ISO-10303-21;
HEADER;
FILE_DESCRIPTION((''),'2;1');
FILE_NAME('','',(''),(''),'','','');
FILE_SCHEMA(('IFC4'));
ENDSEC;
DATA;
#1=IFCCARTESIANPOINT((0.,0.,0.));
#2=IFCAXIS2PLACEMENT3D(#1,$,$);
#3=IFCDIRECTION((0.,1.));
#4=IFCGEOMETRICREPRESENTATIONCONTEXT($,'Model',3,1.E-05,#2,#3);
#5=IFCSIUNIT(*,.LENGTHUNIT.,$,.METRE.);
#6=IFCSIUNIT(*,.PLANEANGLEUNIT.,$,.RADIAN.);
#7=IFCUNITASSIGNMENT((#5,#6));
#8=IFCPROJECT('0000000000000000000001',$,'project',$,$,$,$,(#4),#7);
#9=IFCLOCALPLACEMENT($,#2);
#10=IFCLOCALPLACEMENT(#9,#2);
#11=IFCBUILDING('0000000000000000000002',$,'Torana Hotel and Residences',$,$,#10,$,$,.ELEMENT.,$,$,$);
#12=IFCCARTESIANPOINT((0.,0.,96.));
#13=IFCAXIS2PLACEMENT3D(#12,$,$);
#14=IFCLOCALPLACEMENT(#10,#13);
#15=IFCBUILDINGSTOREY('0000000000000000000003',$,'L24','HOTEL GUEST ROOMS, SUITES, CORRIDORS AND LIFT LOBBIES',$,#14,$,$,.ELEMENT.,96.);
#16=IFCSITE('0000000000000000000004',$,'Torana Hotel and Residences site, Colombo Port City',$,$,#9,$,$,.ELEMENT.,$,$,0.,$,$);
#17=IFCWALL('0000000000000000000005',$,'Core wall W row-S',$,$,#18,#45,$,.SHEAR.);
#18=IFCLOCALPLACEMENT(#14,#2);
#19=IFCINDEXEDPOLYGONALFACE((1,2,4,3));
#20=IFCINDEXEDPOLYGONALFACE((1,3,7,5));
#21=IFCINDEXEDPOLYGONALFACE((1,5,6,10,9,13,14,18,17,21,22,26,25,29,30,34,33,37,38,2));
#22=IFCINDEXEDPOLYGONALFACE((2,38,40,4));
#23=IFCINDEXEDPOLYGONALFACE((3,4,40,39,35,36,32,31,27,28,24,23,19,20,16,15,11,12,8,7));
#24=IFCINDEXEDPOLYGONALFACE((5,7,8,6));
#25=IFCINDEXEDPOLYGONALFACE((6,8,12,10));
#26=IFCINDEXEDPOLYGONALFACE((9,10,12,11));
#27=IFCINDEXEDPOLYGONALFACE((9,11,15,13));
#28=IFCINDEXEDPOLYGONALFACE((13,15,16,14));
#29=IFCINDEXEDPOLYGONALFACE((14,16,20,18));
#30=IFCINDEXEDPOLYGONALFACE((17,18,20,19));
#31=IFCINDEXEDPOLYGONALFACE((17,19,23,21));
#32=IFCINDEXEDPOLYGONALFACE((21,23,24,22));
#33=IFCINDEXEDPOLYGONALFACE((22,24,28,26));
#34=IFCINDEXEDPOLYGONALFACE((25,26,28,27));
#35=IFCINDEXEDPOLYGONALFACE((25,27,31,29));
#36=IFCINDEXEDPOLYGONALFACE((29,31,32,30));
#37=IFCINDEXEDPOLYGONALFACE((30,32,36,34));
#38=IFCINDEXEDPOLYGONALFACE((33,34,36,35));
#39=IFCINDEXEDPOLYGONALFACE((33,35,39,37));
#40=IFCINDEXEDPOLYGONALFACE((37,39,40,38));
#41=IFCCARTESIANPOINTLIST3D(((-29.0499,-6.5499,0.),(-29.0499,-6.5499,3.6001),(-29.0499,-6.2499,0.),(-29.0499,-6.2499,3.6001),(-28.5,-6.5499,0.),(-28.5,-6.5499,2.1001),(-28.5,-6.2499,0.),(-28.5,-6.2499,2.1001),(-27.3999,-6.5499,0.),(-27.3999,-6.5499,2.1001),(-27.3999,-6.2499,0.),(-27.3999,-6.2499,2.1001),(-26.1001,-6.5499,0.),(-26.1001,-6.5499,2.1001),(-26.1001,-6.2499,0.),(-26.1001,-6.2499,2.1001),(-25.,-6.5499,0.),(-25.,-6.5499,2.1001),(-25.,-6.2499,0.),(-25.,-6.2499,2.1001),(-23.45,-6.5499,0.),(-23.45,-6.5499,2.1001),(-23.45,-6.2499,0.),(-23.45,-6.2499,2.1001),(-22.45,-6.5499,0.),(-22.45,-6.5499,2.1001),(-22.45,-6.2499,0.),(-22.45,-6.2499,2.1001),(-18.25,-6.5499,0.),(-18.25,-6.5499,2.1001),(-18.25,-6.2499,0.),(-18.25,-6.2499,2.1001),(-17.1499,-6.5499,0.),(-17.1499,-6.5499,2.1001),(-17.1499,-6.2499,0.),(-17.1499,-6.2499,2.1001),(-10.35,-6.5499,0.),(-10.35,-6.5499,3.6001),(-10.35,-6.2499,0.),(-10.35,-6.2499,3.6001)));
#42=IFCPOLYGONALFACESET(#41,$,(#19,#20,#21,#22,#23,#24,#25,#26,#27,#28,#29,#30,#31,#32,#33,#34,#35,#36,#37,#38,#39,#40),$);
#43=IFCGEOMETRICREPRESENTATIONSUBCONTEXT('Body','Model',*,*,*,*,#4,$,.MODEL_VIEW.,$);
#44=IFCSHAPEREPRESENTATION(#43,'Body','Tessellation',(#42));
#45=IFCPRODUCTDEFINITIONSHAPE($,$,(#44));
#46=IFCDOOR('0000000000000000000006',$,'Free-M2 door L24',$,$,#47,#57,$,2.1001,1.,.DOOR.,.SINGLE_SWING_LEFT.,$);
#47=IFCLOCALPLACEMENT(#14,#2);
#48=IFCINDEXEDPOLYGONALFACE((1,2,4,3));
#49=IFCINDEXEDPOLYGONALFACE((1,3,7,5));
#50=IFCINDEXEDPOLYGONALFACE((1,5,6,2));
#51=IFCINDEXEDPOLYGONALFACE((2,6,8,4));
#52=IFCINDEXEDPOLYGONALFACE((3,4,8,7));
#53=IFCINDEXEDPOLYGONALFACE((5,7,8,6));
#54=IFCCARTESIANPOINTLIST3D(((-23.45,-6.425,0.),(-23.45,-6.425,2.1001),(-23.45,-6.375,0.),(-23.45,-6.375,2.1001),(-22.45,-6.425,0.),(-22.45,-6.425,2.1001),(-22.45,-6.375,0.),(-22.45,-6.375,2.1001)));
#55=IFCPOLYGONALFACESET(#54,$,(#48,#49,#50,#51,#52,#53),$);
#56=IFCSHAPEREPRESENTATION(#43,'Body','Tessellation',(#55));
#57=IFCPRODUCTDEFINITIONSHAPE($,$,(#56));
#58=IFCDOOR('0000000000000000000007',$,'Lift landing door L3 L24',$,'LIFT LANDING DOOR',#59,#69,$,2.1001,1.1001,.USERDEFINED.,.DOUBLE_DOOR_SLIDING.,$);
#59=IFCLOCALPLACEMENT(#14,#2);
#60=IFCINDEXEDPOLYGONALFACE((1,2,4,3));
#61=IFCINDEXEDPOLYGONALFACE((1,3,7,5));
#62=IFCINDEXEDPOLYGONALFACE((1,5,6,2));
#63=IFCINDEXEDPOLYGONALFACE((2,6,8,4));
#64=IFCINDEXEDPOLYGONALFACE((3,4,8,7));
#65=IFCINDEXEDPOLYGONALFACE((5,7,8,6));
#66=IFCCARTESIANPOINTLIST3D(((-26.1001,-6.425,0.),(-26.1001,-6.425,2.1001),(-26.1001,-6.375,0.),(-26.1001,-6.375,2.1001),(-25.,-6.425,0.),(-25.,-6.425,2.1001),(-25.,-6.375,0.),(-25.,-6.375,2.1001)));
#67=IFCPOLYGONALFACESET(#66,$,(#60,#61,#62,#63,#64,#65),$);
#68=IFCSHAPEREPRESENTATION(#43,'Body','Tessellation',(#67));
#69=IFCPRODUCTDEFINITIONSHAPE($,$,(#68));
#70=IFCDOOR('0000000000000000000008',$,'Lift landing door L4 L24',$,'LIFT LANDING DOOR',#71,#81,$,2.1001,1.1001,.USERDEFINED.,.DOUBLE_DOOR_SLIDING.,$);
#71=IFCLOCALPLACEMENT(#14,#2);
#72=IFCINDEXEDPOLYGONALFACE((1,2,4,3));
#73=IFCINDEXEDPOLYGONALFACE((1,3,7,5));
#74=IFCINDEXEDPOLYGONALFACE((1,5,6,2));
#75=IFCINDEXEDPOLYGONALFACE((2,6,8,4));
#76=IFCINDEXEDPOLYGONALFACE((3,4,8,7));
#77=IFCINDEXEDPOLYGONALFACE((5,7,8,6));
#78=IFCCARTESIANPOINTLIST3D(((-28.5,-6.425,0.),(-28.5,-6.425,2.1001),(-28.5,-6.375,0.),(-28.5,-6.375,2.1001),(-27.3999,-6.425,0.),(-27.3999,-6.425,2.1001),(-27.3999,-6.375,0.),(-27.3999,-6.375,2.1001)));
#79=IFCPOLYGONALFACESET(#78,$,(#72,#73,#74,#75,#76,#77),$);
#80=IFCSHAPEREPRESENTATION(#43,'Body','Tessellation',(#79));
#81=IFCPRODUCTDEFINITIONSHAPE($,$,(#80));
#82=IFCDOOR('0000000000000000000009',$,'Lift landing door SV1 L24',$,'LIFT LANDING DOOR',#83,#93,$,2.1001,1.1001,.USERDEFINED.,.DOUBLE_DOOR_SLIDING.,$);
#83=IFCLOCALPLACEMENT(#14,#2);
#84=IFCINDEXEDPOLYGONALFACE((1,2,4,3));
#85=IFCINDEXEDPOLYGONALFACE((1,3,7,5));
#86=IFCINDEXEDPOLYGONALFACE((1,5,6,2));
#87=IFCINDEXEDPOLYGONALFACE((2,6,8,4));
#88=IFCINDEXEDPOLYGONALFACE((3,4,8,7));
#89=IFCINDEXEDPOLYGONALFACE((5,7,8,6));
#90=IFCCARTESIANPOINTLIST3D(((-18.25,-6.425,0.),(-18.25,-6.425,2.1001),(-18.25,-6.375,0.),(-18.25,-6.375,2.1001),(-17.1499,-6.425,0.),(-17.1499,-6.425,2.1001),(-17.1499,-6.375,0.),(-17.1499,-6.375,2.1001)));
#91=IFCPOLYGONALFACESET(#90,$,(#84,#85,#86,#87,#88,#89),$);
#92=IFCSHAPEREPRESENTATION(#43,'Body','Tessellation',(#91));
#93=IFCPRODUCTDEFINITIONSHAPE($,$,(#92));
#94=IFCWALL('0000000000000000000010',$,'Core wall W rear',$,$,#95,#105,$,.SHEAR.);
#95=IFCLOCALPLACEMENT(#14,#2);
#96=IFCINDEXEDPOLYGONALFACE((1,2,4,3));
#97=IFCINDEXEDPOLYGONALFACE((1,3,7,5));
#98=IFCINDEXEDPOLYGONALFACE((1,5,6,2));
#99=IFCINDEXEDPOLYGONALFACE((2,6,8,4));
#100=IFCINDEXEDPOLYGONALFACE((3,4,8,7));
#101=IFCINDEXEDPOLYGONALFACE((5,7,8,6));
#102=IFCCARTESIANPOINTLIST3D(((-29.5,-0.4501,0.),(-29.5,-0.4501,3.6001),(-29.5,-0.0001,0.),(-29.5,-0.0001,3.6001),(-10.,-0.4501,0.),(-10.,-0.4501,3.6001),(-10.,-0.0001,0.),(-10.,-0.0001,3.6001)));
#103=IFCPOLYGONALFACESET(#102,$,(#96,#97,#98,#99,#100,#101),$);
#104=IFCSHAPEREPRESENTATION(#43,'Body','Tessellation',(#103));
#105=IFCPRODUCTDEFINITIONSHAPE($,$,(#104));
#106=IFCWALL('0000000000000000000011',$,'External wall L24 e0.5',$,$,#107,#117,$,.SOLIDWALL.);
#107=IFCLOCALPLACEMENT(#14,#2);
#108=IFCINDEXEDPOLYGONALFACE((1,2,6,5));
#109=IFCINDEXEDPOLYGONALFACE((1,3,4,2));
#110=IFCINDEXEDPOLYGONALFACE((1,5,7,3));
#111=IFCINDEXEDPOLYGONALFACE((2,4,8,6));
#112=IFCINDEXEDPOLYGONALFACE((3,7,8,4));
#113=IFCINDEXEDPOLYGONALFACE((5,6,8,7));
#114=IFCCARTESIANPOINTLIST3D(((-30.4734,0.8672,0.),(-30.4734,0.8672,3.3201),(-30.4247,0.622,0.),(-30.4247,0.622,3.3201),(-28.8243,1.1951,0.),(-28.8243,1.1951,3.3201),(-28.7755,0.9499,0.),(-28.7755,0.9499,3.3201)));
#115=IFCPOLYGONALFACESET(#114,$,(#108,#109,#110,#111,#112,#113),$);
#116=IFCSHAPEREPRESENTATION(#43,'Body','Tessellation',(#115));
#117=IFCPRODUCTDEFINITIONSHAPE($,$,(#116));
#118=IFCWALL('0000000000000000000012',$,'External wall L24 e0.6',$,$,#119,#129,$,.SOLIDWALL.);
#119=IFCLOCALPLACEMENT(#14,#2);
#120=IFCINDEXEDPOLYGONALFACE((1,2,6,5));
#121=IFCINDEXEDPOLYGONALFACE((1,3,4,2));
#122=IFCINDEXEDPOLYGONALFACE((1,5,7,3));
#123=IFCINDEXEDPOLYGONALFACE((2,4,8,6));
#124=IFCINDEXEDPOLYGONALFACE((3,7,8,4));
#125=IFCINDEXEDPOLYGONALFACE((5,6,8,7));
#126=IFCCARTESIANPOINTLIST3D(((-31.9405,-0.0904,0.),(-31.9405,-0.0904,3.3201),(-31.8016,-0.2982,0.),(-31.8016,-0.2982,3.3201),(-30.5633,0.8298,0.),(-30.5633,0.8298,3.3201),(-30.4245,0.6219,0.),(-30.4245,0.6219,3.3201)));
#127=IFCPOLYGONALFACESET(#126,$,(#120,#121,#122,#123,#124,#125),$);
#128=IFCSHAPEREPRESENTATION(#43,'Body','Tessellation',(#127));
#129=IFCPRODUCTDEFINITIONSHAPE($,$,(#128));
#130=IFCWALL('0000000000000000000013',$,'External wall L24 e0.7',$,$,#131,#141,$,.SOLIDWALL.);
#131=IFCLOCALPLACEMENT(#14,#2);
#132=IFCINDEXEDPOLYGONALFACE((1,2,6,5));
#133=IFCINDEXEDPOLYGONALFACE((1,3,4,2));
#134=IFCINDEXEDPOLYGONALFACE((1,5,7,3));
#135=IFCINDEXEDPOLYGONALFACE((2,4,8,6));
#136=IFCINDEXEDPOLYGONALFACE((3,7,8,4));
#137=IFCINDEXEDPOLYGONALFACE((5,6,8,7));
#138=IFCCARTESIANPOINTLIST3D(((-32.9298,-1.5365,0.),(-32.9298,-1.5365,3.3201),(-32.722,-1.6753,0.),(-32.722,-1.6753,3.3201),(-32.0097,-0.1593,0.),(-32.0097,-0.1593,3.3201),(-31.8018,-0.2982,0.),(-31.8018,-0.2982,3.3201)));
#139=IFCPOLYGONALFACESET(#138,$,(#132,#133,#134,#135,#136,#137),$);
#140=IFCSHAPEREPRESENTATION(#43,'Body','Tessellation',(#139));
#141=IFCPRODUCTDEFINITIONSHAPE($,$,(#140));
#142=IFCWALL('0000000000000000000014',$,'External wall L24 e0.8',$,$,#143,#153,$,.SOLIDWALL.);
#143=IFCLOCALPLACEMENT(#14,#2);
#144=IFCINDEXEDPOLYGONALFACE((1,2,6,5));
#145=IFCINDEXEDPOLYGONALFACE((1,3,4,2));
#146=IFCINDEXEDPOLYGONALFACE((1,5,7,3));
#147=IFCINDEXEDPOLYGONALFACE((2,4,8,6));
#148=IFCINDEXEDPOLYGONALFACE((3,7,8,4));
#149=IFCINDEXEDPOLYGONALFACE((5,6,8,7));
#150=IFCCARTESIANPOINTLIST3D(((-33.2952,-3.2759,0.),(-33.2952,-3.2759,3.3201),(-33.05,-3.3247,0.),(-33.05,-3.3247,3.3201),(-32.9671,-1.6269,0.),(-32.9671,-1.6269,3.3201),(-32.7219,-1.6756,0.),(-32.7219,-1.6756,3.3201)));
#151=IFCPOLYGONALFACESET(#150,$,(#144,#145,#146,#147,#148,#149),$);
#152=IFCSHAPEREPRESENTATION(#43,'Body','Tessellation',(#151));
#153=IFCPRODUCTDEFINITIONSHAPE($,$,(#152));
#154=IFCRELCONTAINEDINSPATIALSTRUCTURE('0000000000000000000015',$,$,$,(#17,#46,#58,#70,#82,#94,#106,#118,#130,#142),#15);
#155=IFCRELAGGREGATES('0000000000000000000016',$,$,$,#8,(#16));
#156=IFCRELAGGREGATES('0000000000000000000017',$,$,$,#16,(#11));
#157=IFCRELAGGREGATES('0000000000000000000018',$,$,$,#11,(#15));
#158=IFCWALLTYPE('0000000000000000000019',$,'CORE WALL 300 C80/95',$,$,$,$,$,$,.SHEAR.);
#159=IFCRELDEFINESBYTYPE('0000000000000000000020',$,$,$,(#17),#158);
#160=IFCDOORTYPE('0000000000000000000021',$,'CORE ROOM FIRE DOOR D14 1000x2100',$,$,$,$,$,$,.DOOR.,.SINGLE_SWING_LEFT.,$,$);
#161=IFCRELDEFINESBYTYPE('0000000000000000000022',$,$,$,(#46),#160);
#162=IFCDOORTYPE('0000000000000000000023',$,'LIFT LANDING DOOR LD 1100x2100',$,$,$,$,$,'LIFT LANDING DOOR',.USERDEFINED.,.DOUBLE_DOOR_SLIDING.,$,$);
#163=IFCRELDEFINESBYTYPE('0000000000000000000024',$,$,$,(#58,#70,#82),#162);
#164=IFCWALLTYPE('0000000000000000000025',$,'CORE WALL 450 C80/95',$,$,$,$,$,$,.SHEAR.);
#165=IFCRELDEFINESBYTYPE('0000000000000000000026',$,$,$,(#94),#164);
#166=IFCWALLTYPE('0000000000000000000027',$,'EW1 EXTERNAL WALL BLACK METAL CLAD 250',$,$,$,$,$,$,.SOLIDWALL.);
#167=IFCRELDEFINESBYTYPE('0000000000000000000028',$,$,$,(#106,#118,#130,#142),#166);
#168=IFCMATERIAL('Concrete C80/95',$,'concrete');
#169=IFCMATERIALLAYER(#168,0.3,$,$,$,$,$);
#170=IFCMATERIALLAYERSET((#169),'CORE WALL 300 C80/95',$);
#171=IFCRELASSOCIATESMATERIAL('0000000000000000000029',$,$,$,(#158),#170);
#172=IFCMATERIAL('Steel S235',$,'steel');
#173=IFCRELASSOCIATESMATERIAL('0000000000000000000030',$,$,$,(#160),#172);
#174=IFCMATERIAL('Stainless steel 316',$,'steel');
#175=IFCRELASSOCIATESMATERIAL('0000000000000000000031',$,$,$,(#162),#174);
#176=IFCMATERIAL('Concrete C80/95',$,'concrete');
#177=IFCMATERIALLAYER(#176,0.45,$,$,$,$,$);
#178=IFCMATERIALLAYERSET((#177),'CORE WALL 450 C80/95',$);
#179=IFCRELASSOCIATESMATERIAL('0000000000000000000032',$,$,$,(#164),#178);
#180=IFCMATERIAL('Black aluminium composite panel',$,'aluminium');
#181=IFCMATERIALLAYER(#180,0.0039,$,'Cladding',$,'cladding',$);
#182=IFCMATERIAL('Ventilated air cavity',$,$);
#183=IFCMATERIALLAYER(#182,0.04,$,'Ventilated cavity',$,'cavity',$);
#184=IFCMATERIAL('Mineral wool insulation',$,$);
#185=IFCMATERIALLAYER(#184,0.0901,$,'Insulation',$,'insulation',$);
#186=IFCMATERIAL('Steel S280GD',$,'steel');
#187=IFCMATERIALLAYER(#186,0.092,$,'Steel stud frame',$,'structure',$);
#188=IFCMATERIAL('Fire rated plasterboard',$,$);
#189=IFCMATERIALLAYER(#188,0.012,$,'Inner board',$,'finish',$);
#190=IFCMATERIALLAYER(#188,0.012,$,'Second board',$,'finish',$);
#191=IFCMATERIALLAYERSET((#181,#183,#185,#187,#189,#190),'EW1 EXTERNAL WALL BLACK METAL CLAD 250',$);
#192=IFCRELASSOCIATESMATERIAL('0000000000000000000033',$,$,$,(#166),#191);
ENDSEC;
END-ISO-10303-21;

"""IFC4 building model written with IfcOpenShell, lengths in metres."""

from ifc_helpers import new_model, si_unit, direction, frame, frame_2d, origin, place, context, subcontext, project, spatial, rectangle, extrude, material, layer, layer_set, type_object, element, fill, save


model = new_model("IFC4")

# Units and contexts
model_context = context("Model", 3, precision=1e-05, world=origin(), true_north=direction((0.0, 1.0)))
body_context = subcontext(model_context, "Body", "Model", "MODEL_VIEW")
ifc_project = project(units=[si_unit("LENGTHUNIT", "METRE"), si_unit("PLANEANGLEUNIT", "RADIAN")], contexts=[model_context])

# Site, building, storey
site_placement = place(None, origin())
site = spatial("IfcSite", under=ifc_project, at=site_placement, Name="Torana Hotel and Residences site, Colombo Port City", CompositionType="ELEMENT", RefElevation=0.0)
building_placement = place(site_placement, origin())
building = spatial("IfcBuilding", under=site, at=building_placement, Name="Torana Hotel and Residences", CompositionType="ELEMENT")
storey_placement = place(building_placement, frame((0.0, 0.0, 96.0)))
storey = spatial("IfcBuildingStorey", under=building, at=storey_placement, Name="L24", Description="HOTEL GUEST ROOMS, SUITES, CORRIDORS AND LIFT LOBBIES", CompositionType="ELEMENT", Elevation=96.0)

# Wall, openings, doors
ifc_material_1 = material(Name="Concrete C80/95", Category="concrete")
ifc_layer_1 = layer(ifc_material_1, 0.3)
ifc_layer_set_1 = layer_set([ifc_layer_1], Name="CORE WALL 300 C80/95")
wall_type_1 = type_object("IfcWallType", Name="CORE WALL 300 C80/95", PredefinedType="SHEAR", material=ifc_layer_set_1)
ifc_material_2 = material(Name="Steel S235", Category="steel")
door_type_1 = type_object("IfcDoorType", Name="CORE ROOM FIRE DOOR D14 1000x2100", OperationType="SINGLE_SWING_LEFT", PredefinedType="DOOR", material=ifc_material_2)
ifc_material_3 = material(Name="Stainless steel 316", Category="steel")
door_type_2 = type_object("IfcDoorType", Name="LIFT LANDING DOOR LD 1100x2100", ElementType="LIFT LANDING DOOR", OperationType="DOUBLE_DOOR_SLIDING", PredefinedType="USERDEFINED", material=ifc_material_3)
wall_1_placement = place(storey_placement, frame((-29.05, -6.3999, 0.0), z_axis=(0.0, 0.0, 1.0), x_axis=(1.0, 0.0, 0.0)))
wall_1 = element("IfcWall", 1, at=wall_1_placement, inside=storey, type_object=wall_type_1, Name="Core wall W row-S", PredefinedType="SHEAR", context=body_context, shape_type="SweptSolid", body=[
    extrude(rectangle(XDim=18.7, YDim=0.3, at=frame_2d((9.3501, 0.0))), origin(), (0.0, 0.0, 1.0), 3.6001),
])
opening_1_placement = place(wall_1_placement, frame((2.95, 0.0, 0.0)))
opening_1 = element("IfcOpeningElement", 2, at=opening_1_placement, cuts=wall_1, PredefinedType="OPENING", context=body_context, shape_type="SweptSolid", body=[
    extrude(rectangle(XDim=1.1001, YDim=2.1001, at=frame_2d((0.55, 1.05))), frame((0.0, 0.1599, 0.0), z_axis=(0.0, -1.0, 0.0), x_axis=(1.0, 0.0, 0.0)), (0.0, 0.0, 1.0), 0.3201),
])
opening_2_placement = place(wall_1_placement, frame((0.55, 0.0, 0.0)))
opening_2 = element("IfcOpeningElement", 3, at=opening_2_placement, cuts=wall_1, PredefinedType="OPENING", context=body_context, shape_type="SweptSolid", body=[
    extrude(rectangle(XDim=1.1001, YDim=2.1001, at=frame_2d((0.55, 1.05))), frame((0.0, 0.1599, 0.0), z_axis=(0.0, -1.0, 0.0), x_axis=(1.0, 0.0, 0.0)), (0.0, 0.0, 1.0), 0.3201),
])
opening_3_placement = place(wall_1_placement, frame((10.8, 0.0, 0.0)))
opening_3 = element("IfcOpeningElement", 4, at=opening_3_placement, cuts=wall_1, PredefinedType="OPENING", context=body_context, shape_type="SweptSolid", body=[
    extrude(rectangle(XDim=1.1001, YDim=2.1001, at=frame_2d((0.55, 1.05))), frame((0.0, 0.1599, 0.0), z_axis=(0.0, -1.0, 0.0), x_axis=(1.0, 0.0, 0.0)), (0.0, 0.0, 1.0), 0.3201),
])
opening_4_placement = place(wall_1_placement, frame((5.6001, 0.0, 0.0)))
opening_4 = element("IfcOpeningElement", 5, at=opening_4_placement, cuts=wall_1, PredefinedType="OPENING", context=body_context, shape_type="SweptSolid", body=[
    extrude(rectangle(XDim=1.0, YDim=2.1001, at=frame_2d((0.5, 1.05))), frame((0.0, 0.1599, 0.0), z_axis=(0.0, -1.0, 0.0), x_axis=(1.0, 0.0, 0.0)), (0.0, 0.0, 1.0), 0.3201),
])
door_1_placement = place(opening_4_placement, frame((0.5, 0.0, 0.0), z_axis=(0.0, 0.0, 1.0), x_axis=(-1.0, 0.0, 0.0)))
door_1 = element("IfcDoor", 6, at=door_1_placement, inside=storey, type_object=door_type_1, Name="Free-M2 door L24", OperationType="SINGLE_SWING_LEFT", OverallHeight=2.1001, OverallWidth=1.0, PredefinedType="DOOR", context=body_context, shape_type="SweptSolid", body=[
    extrude(rectangle(XDim=1.0, YDim=2.1001, at=frame_2d((0.0, 1.05))), frame((0.0, -0.0249, 0.0), z_axis=(0.0, 1.0, 0.0), x_axis=(-1.0, 0.0, 0.0)), (0.0, 0.0, 1.0), 0.05),
])
fill(opening_4, door_1)
door_2_placement = place(opening_1_placement, origin())
door_2 = element("IfcDoor", 7, at=door_2_placement, inside=storey, type_object=door_type_2, Name="Lift landing door L3 L24", ObjectType="LIFT LANDING DOOR", OperationType="DOUBLE_DOOR_SLIDING", OverallHeight=2.1001, OverallWidth=1.1001, PredefinedType="USERDEFINED", context=body_context, shape_type="SweptSolid", body=[
    extrude(rectangle(XDim=1.1001, YDim=2.1001, at=frame_2d((0.55, 1.05))), frame((0.0, 0.0249, 0.0), z_axis=(0.0, -1.0, 0.0), x_axis=(1.0, 0.0, 0.0)), (0.0, 0.0, 1.0), 0.05),
])
fill(opening_1, door_2)
door_3_placement = place(opening_2_placement, origin())
door_3 = element("IfcDoor", 8, at=door_3_placement, inside=storey, type_object=door_type_2, Name="Lift landing door L4 L24", ObjectType="LIFT LANDING DOOR", OperationType="DOUBLE_DOOR_SLIDING", OverallHeight=2.1001, OverallWidth=1.1001, PredefinedType="USERDEFINED", context=body_context, shape_type="SweptSolid", body=[
    extrude(rectangle(XDim=1.1001, YDim=2.1001, at=frame_2d((0.55, 1.05))), frame((0.0, 0.0249, 0.0), z_axis=(0.0, -1.0, 0.0), x_axis=(1.0, 0.0, 0.0)), (0.0, 0.0, 1.0), 0.05),
])
fill(opening_2, door_3)
door_4_placement = place(opening_3_placement, origin())
door_4 = element("IfcDoor", 9, at=door_4_placement, inside=storey, type_object=door_type_2, Name="Lift landing door SV1 L24", ObjectType="LIFT LANDING DOOR", OperationType="DOUBLE_DOOR_SLIDING", OverallHeight=2.1001, OverallWidth=1.1001, PredefinedType="USERDEFINED", context=body_context, shape_type="SweptSolid", body=[
    extrude(rectangle(XDim=1.1001, YDim=2.1001, at=frame_2d((0.55, 1.05))), frame((0.0, 0.0249, 0.0), z_axis=(0.0, -1.0, 0.0), x_axis=(1.0, 0.0, 0.0)), (0.0, 0.0, 1.0), 0.05),
])
fill(opening_3, door_4)

# Walls
ifc_material_4 = material(Name="Concrete C80/95", Category="concrete")
ifc_layer_2 = layer(ifc_material_4, 0.45)
ifc_layer_set_2 = layer_set([ifc_layer_2], Name="CORE WALL 450 C80/95")
wall_type_2 = type_object("IfcWallType", Name="CORE WALL 450 C80/95", PredefinedType="SHEAR", material=ifc_layer_set_2)
wall_2_placement = place(storey_placement, frame((-29.5, -0.2251, 0.0), z_axis=(0.0, 0.0, 1.0), x_axis=(1.0, 0.0, 0.0)))
element("IfcWall", 10, at=wall_2_placement, inside=storey, type_object=wall_type_2, Name="Core wall W rear", PredefinedType="SHEAR", context=body_context, shape_type="SweptSolid", body=[
    extrude(rectangle(XDim=19.5, YDim=0.45, at=frame_2d((9.75, 0.0))), origin(), (0.0, 0.0, 1.0), 3.6001),
])
ifc_material_5 = material(Name="Black aluminium composite panel", Category="aluminium")
ifc_layer_3 = layer(ifc_material_5, 0.0039, Name="Cladding", Category="cladding")
ifc_material_6 = material(Name="Ventilated air cavity")
ifc_layer_4 = layer(ifc_material_6, 0.04, Name="Ventilated cavity", Category="cavity")
ifc_material_7 = material(Name="Mineral wool insulation")
ifc_layer_5 = layer(ifc_material_7, 0.0901, Name="Insulation", Category="insulation")
ifc_material_8 = material(Name="Steel S280GD", Category="steel")
ifc_layer_6 = layer(ifc_material_8, 0.092, Name="Steel stud frame", Category="structure")
ifc_material_9 = material(Name="Fire rated plasterboard")
ifc_layer_7 = layer(ifc_material_9, 0.012, Name="Inner board", Category="finish")
ifc_layer_8 = layer(ifc_material_9, 0.012, Name="Second board", Category="finish")
ifc_layer_set_3 = layer_set([ifc_layer_3, ifc_layer_4, ifc_layer_5, ifc_layer_6, ifc_layer_7, ifc_layer_8], Name="EW1 EXTERNAL WALL BLACK METAL CLAD 250")
wall_type_3 = type_object("IfcWallType", Name="EW1 EXTERNAL WALL BLACK METAL CLAD 250", PredefinedType="SOLIDWALL", material=ifc_layer_set_3)
wall_3_placement = place(storey_placement, frame((-28.7998, 1.0725, 0.0), z_axis=(0.0, 0.0, 1.0), x_axis=(-0.980803, -0.194999, 0.0)))
element("IfcWall", 11, at=wall_3_placement, inside=storey, type_object=wall_type_3, Name="External wall L24 e0.5", PredefinedType="SOLIDWALL", context=body_context, shape_type="SweptSolid", body=[
    extrude(rectangle(XDim=1.6814, YDim=0.25, at=frame_2d((0.8408, 0.0))), origin(), (0.0, 0.0, 1.0), 3.3201),
])
for number, where, z_axis, x_axis, name in (
    (12, (-30.4939, 0.7258, 0.0), (0.0, 0.0, 1.0), (-0.831483, -0.55555, 0.0), "External wall L24 e0.6"),
    (13, (-31.9058, -0.2288, 0.0), (0.0, 0.0, 1.0), (-0.55555, -0.831483, 0.0), "External wall L24 e0.7"),
):
    element("IfcWall", number, at=place(storey_placement, frame(where, z_axis=z_axis, x_axis=x_axis)), inside=storey, type_object=wall_type_3, Name=name, PredefinedType="SOLIDWALL", context=body_context, shape_type="SweptSolid", body=[
        extrude(rectangle(XDim=1.6562, YDim=0.25, at=frame_2d((0.8281, 0.0))), origin(), (0.0, 0.0, 1.0), 3.3201),
    ])
wall_4_placement = place(storey_placement, frame((-32.8445, -1.6511, 0.0), z_axis=(0.0, 0.0, 1.0), x_axis=(-0.195139, -0.980776, 0.0)))
element("IfcWall", 14, at=wall_4_placement, inside=storey, type_object=wall_type_3, Name="External wall L24 e0.8", PredefinedType="SOLIDWALL", context=body_context, shape_type="SweptSolid", body=[
    extrude(rectangle(XDim=1.6814, YDim=0.25, at=frame_2d((0.8408, 0.0))), origin(), (0.0, 0.0, 1.0), 3.3201),
])

save(model, "model.ifc")
